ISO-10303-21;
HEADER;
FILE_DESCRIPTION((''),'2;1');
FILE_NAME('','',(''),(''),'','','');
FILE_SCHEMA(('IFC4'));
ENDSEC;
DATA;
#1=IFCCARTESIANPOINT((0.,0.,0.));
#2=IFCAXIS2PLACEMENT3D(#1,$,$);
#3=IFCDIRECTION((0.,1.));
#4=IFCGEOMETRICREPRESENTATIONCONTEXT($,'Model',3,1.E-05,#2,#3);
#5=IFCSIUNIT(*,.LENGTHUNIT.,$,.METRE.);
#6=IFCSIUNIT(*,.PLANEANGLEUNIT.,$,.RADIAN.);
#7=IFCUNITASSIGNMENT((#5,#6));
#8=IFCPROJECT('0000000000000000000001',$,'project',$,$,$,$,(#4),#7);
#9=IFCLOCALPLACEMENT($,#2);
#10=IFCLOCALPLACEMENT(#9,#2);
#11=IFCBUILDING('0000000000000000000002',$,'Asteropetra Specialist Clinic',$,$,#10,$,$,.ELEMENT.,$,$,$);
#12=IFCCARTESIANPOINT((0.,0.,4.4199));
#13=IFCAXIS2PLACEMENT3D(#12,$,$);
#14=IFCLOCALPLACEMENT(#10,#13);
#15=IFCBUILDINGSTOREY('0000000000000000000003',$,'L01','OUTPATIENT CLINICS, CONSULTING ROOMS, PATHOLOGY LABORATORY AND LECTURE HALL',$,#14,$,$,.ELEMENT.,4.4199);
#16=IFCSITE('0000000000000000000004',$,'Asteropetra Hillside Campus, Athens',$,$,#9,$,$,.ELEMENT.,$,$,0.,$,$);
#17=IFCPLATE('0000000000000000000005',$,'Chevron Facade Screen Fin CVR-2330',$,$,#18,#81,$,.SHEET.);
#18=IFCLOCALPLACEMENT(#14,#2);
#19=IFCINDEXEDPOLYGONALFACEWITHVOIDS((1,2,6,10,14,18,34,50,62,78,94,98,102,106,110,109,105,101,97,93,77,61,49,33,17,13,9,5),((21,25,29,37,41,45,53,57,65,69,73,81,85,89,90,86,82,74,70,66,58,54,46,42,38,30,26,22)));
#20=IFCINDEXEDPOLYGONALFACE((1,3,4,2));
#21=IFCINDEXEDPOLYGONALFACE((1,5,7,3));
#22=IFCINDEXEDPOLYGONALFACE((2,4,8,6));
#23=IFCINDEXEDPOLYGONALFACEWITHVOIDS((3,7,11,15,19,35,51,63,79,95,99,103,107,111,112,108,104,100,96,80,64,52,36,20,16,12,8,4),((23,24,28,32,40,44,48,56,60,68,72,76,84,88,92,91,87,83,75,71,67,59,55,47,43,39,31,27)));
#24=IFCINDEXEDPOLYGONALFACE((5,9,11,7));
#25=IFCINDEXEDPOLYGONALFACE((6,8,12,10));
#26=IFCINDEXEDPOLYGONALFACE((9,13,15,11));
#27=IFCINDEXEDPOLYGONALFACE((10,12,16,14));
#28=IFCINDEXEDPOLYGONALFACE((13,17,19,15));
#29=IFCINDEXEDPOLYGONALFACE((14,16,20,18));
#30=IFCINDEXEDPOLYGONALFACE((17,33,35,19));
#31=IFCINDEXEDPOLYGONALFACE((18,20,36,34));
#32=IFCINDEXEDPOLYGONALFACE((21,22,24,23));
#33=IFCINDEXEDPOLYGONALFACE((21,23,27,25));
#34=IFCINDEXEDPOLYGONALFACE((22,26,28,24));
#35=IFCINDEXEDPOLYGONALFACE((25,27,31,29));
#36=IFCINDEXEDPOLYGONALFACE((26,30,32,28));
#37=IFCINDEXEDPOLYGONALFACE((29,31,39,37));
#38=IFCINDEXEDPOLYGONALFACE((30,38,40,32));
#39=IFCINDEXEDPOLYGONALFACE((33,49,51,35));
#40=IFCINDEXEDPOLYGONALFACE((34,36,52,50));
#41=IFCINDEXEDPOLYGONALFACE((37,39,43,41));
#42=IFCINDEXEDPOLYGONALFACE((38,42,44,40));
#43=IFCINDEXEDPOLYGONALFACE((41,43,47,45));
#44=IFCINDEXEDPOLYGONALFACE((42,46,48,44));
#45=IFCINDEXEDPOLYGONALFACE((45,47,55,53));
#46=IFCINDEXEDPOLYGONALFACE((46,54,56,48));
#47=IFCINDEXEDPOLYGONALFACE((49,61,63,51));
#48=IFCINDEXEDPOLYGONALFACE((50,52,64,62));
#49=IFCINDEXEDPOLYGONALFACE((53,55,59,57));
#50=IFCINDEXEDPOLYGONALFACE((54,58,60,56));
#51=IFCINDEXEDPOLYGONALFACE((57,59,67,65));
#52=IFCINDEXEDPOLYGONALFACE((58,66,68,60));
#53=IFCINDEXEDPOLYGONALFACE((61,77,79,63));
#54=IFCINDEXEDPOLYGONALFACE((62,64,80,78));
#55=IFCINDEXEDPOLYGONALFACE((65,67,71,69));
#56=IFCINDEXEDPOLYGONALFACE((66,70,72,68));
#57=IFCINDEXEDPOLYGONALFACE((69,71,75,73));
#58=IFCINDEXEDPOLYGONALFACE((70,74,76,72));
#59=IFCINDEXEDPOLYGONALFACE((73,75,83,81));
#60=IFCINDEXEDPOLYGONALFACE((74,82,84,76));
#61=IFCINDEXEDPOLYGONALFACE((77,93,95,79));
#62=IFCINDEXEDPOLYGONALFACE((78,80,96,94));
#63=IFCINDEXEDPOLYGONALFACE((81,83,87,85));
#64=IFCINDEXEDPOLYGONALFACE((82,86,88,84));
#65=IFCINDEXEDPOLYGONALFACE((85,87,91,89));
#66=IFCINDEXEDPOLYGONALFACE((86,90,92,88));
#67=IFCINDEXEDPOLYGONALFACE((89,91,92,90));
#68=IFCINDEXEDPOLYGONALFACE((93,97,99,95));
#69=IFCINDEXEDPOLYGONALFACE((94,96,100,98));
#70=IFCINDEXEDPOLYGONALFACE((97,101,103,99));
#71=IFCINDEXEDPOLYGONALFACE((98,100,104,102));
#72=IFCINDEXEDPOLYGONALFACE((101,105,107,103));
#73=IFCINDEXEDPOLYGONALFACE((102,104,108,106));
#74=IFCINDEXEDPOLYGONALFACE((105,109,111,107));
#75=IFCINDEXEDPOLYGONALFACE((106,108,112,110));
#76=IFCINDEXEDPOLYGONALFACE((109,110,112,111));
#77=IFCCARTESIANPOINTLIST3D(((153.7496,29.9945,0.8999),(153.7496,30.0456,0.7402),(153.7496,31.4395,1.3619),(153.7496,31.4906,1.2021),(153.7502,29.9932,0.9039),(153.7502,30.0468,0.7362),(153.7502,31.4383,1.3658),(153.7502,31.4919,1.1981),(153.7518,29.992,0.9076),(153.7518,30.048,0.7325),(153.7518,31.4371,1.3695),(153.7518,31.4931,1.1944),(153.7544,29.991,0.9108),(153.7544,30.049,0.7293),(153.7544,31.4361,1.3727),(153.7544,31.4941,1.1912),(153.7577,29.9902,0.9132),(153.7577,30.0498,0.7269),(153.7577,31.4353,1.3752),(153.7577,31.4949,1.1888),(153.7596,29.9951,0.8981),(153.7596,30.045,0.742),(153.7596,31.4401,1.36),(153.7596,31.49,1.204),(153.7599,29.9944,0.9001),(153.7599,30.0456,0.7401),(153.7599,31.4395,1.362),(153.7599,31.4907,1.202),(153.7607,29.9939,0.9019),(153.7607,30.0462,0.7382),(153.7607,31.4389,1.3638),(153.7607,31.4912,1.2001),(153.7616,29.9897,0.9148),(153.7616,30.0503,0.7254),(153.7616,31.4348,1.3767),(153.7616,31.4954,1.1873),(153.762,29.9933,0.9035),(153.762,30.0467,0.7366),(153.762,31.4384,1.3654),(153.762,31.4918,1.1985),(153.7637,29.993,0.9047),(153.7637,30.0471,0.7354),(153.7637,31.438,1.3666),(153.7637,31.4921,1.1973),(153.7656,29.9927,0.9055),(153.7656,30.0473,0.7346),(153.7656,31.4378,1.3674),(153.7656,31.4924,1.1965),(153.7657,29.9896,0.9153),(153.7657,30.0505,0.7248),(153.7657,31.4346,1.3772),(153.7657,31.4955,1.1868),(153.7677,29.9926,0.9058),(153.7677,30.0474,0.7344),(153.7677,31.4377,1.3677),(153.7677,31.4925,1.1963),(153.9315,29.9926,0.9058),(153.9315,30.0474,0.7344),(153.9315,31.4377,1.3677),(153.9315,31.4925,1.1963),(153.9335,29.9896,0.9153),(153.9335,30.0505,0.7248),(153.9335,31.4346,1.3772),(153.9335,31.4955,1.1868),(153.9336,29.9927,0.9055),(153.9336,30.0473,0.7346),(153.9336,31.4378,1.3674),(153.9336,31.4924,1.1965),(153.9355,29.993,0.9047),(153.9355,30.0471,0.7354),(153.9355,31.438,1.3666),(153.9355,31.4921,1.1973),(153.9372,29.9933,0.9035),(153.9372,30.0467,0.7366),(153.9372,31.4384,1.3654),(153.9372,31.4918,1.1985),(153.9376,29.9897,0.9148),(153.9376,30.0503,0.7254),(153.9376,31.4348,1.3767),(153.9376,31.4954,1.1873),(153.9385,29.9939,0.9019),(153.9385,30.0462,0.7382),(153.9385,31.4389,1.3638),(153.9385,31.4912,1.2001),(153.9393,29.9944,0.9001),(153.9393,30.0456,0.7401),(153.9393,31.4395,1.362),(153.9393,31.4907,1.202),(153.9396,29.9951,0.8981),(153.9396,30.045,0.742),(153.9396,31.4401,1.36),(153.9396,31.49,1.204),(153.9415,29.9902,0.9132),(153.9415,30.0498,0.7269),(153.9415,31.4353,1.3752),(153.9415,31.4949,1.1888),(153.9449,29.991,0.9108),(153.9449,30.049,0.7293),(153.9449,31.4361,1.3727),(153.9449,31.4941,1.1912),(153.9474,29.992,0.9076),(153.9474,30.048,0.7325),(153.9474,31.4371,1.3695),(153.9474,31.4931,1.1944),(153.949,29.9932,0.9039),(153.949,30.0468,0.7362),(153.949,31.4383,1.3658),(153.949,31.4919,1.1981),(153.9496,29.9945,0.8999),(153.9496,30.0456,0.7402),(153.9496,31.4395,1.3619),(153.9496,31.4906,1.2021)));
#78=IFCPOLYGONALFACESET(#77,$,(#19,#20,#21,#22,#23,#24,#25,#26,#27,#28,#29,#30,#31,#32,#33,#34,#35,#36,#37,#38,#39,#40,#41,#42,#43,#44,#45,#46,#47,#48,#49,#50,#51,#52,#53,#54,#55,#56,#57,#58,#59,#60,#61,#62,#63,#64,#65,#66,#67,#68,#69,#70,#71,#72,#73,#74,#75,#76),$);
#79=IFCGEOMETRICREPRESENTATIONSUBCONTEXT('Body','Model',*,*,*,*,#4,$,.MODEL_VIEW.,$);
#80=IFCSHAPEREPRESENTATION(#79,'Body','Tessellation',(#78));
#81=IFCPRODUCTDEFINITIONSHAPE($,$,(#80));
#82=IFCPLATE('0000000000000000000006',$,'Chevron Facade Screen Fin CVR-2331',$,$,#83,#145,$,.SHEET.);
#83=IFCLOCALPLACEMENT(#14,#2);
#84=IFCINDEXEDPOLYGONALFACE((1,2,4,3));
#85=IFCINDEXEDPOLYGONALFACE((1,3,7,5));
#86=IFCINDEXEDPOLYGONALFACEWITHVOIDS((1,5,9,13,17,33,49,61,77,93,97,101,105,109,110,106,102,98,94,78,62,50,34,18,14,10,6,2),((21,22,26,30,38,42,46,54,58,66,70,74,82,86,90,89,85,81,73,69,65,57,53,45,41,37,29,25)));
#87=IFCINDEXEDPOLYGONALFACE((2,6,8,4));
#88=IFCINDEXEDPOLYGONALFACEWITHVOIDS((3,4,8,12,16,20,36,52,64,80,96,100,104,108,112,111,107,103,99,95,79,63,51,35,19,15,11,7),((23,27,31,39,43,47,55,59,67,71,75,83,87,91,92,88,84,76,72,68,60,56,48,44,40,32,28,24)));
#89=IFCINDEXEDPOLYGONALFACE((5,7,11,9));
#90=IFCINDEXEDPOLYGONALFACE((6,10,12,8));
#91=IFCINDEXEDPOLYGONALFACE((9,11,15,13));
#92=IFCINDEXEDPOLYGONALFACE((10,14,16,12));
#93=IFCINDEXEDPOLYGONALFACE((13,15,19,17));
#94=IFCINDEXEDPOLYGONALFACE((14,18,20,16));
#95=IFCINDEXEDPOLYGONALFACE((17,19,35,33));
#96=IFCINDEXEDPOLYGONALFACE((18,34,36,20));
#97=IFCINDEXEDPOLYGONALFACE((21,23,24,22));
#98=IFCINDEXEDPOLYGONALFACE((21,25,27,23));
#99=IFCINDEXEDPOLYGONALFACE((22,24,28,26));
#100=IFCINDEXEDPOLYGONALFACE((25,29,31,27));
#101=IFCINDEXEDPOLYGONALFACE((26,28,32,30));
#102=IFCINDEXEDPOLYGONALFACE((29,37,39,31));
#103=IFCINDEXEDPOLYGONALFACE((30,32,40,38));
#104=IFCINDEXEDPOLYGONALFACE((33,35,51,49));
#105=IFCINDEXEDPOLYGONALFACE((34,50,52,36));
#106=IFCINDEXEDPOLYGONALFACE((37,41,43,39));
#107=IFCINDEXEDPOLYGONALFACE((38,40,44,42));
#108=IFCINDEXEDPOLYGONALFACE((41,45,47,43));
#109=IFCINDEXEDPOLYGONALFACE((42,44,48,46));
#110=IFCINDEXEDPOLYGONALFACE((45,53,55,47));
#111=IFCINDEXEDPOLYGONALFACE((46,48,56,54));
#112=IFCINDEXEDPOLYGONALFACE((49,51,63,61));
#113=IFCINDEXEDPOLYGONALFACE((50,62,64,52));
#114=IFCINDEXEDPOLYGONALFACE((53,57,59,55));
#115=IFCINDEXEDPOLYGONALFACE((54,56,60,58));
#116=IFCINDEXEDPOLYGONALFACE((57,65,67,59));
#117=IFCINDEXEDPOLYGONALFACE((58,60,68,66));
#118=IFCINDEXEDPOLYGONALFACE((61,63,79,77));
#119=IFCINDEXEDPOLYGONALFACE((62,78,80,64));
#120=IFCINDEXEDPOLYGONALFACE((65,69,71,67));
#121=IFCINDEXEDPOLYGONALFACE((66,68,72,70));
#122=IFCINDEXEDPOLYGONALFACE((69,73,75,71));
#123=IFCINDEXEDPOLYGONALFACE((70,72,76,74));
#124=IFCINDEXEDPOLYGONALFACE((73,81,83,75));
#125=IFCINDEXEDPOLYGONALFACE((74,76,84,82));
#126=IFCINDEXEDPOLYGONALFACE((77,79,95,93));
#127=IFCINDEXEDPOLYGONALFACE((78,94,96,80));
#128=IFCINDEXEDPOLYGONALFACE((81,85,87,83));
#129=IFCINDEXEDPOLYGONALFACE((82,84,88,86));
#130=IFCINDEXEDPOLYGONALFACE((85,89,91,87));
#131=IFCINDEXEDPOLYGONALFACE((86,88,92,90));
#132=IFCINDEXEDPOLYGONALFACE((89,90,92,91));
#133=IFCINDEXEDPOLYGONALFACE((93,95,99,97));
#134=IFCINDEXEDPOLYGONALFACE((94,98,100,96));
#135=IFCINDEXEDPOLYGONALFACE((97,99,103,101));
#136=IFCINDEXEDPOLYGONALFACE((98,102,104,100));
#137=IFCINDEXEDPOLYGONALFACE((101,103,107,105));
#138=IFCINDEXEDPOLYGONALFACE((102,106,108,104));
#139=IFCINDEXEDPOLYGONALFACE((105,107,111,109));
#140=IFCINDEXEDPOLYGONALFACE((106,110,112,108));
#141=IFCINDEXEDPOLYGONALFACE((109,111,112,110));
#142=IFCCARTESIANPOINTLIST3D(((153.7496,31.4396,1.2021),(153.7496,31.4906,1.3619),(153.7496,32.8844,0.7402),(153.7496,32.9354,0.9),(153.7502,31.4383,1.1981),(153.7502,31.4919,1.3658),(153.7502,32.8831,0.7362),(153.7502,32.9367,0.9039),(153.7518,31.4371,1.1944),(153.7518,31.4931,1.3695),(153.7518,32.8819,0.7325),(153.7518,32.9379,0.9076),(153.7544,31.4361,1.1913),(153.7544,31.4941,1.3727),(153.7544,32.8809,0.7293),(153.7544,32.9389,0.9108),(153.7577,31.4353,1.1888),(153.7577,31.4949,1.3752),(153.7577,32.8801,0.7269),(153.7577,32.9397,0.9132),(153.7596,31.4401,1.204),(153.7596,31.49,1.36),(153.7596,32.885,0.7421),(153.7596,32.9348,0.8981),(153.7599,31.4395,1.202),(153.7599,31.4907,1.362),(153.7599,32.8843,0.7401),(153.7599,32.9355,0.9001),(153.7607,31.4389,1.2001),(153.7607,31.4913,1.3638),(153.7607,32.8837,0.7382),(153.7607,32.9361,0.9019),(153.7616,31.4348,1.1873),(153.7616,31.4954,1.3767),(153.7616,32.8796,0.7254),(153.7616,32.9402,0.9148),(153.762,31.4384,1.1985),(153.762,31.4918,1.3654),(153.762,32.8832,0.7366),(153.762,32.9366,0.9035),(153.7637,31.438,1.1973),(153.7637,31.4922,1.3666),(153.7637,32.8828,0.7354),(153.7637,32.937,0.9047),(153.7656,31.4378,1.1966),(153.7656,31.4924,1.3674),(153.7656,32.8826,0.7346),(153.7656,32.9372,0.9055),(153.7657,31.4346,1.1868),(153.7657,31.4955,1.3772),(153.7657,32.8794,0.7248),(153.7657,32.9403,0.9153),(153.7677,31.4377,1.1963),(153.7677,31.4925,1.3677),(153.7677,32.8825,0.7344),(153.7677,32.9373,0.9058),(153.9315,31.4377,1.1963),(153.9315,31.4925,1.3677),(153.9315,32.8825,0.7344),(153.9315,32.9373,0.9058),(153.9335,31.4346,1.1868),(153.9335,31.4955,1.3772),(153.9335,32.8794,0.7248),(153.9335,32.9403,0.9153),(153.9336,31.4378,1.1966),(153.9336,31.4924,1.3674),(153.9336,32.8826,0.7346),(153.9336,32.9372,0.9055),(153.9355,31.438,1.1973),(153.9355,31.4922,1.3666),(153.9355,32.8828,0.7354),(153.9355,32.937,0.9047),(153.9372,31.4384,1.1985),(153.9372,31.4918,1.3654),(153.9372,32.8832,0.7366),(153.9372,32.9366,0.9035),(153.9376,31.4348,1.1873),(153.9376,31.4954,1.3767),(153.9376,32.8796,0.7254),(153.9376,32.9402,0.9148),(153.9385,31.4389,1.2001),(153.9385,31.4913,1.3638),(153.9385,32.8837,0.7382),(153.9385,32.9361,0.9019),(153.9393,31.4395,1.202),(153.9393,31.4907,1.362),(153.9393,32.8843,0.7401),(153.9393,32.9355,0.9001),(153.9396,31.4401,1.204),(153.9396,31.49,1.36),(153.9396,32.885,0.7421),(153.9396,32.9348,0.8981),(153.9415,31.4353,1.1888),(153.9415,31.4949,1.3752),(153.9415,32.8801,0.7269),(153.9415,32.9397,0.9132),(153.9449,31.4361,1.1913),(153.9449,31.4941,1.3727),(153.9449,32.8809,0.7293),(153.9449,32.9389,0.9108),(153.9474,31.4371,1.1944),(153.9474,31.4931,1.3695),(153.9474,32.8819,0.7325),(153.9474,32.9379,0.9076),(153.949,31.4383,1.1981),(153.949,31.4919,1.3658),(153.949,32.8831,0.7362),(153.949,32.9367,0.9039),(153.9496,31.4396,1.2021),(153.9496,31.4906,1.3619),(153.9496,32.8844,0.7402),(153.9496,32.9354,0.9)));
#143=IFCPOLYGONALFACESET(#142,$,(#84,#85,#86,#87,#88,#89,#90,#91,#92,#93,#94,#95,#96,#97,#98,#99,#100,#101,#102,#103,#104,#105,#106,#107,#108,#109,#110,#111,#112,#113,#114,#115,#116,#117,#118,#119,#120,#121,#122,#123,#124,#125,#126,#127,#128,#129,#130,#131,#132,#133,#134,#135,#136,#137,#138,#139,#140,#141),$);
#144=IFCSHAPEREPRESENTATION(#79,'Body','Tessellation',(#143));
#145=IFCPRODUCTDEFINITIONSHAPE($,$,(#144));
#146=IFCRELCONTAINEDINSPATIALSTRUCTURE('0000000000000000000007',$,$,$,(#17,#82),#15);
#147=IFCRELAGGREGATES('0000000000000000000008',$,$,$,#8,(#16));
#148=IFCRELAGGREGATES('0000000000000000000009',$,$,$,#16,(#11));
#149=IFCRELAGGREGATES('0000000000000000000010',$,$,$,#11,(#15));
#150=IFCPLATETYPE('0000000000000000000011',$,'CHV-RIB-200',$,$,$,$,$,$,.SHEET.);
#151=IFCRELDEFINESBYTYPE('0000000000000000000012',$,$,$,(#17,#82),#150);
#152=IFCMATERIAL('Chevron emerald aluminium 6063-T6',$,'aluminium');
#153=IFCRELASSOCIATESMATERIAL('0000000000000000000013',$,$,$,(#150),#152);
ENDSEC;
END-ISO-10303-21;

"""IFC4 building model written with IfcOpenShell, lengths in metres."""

from ifc_helpers import new_model, si_unit, direction, frame, origin, origin_2d, place, context, subcontext, project, spatial, hollow_rectangle, extrude, material, material_profile, profile_set, type_object, element, save


model = new_model("IFC4")

# Units and contexts
model_context = context("Model", 3, precision=1e-05, world=origin(), true_north=direction((0.0, 1.0)))
body_context = subcontext(model_context, "Body", "Model", "MODEL_VIEW")
ifc_project = project(units=[si_unit("LENGTHUNIT", "METRE"), si_unit("PLANEANGLEUNIT", "RADIAN")], contexts=[model_context])

# Site, building, storey
site_placement = place(None, origin())
site = spatial("IfcSite", under=ifc_project, at=site_placement, Name="Asteropetra Hillside Campus, Athens", CompositionType="ELEMENT", RefElevation=0.0)
building_placement = place(site_placement, origin())
building = spatial("IfcBuilding", under=site, at=building_placement, Name="Asteropetra Specialist Clinic", CompositionType="ELEMENT")
storey_placement = place(building_placement, frame((0.0, 0.0, 4.4199)))
storey = spatial("IfcBuildingStorey", under=building, at=storey_placement, Name="L01", Description="OUTPATIENT CLINICS, CONSULTING ROOMS, PATHOLOGY LABORATORY AND LECTURE HALL", CompositionType="ELEMENT", Elevation=4.4199)

# Plates
ifc_material_1 = material(Name="Chevron emerald aluminium 6063-T6", Category="aluminium")
ifc_material_profile = material_profile(ifc_material_1, hollow_rectangle(XDim=0.2, YDim=0.2, WallThickness=0.01, InnerFilletRadius=0.0081, OuterFilletRadius=0.0161, at=origin_2d()), Name="SHS 200x200x10.0")
ifc_profile_set = profile_set([ifc_material_profile], Name="Chevron emerald aluminium 6063-T6")
plate_type = type_object("IfcPlateType", Name="CHV-RIB-200", PredefinedType="SHEET", material=ifc_profile_set)
plate_1_placement = place(storey_placement, frame((153.8496, 30.02, 0.8201), z_axis=(0.0, 0.952521, 0.304472), x_axis=(-1.0, 0.0, 0.0)))
element("IfcPlate", 1, at=plate_1_placement, inside=storey, type_object=plate_type, Name="Chevron Facade Screen Fin CVR-2330", PredefinedType="SHEET", context=body_context, shape_type="SweptSolid", body=[
    extrude(hollow_rectangle(XDim=0.2, YDim=0.2, WallThickness=0.01, InnerFilletRadius=0.0081, OuterFilletRadius=0.0161, at=origin_2d()), origin(), (0.0, 0.0, 1.0), 1.5171),
])
plate_2_placement = place(storey_placement, frame((153.8496, 31.4651, 1.282), z_axis=(0.0, 0.952506, -0.304519), x_axis=(-1.0, 0.0, 0.0)))
element("IfcPlate", 2, at=plate_2_placement, inside=storey, type_object=plate_type, Name="Chevron Facade Screen Fin CVR-2331", PredefinedType="SHEET", context=body_context, shape_type="SweptSolid", body=[
    extrude(hollow_rectangle(XDim=0.2, YDim=0.2, WallThickness=0.01, InnerFilletRadius=0.0081, OuterFilletRadius=0.0161, at=origin_2d()), origin(), (0.0, 0.0, 1.0), 1.5168),
])

save(model, "model.ifc")
